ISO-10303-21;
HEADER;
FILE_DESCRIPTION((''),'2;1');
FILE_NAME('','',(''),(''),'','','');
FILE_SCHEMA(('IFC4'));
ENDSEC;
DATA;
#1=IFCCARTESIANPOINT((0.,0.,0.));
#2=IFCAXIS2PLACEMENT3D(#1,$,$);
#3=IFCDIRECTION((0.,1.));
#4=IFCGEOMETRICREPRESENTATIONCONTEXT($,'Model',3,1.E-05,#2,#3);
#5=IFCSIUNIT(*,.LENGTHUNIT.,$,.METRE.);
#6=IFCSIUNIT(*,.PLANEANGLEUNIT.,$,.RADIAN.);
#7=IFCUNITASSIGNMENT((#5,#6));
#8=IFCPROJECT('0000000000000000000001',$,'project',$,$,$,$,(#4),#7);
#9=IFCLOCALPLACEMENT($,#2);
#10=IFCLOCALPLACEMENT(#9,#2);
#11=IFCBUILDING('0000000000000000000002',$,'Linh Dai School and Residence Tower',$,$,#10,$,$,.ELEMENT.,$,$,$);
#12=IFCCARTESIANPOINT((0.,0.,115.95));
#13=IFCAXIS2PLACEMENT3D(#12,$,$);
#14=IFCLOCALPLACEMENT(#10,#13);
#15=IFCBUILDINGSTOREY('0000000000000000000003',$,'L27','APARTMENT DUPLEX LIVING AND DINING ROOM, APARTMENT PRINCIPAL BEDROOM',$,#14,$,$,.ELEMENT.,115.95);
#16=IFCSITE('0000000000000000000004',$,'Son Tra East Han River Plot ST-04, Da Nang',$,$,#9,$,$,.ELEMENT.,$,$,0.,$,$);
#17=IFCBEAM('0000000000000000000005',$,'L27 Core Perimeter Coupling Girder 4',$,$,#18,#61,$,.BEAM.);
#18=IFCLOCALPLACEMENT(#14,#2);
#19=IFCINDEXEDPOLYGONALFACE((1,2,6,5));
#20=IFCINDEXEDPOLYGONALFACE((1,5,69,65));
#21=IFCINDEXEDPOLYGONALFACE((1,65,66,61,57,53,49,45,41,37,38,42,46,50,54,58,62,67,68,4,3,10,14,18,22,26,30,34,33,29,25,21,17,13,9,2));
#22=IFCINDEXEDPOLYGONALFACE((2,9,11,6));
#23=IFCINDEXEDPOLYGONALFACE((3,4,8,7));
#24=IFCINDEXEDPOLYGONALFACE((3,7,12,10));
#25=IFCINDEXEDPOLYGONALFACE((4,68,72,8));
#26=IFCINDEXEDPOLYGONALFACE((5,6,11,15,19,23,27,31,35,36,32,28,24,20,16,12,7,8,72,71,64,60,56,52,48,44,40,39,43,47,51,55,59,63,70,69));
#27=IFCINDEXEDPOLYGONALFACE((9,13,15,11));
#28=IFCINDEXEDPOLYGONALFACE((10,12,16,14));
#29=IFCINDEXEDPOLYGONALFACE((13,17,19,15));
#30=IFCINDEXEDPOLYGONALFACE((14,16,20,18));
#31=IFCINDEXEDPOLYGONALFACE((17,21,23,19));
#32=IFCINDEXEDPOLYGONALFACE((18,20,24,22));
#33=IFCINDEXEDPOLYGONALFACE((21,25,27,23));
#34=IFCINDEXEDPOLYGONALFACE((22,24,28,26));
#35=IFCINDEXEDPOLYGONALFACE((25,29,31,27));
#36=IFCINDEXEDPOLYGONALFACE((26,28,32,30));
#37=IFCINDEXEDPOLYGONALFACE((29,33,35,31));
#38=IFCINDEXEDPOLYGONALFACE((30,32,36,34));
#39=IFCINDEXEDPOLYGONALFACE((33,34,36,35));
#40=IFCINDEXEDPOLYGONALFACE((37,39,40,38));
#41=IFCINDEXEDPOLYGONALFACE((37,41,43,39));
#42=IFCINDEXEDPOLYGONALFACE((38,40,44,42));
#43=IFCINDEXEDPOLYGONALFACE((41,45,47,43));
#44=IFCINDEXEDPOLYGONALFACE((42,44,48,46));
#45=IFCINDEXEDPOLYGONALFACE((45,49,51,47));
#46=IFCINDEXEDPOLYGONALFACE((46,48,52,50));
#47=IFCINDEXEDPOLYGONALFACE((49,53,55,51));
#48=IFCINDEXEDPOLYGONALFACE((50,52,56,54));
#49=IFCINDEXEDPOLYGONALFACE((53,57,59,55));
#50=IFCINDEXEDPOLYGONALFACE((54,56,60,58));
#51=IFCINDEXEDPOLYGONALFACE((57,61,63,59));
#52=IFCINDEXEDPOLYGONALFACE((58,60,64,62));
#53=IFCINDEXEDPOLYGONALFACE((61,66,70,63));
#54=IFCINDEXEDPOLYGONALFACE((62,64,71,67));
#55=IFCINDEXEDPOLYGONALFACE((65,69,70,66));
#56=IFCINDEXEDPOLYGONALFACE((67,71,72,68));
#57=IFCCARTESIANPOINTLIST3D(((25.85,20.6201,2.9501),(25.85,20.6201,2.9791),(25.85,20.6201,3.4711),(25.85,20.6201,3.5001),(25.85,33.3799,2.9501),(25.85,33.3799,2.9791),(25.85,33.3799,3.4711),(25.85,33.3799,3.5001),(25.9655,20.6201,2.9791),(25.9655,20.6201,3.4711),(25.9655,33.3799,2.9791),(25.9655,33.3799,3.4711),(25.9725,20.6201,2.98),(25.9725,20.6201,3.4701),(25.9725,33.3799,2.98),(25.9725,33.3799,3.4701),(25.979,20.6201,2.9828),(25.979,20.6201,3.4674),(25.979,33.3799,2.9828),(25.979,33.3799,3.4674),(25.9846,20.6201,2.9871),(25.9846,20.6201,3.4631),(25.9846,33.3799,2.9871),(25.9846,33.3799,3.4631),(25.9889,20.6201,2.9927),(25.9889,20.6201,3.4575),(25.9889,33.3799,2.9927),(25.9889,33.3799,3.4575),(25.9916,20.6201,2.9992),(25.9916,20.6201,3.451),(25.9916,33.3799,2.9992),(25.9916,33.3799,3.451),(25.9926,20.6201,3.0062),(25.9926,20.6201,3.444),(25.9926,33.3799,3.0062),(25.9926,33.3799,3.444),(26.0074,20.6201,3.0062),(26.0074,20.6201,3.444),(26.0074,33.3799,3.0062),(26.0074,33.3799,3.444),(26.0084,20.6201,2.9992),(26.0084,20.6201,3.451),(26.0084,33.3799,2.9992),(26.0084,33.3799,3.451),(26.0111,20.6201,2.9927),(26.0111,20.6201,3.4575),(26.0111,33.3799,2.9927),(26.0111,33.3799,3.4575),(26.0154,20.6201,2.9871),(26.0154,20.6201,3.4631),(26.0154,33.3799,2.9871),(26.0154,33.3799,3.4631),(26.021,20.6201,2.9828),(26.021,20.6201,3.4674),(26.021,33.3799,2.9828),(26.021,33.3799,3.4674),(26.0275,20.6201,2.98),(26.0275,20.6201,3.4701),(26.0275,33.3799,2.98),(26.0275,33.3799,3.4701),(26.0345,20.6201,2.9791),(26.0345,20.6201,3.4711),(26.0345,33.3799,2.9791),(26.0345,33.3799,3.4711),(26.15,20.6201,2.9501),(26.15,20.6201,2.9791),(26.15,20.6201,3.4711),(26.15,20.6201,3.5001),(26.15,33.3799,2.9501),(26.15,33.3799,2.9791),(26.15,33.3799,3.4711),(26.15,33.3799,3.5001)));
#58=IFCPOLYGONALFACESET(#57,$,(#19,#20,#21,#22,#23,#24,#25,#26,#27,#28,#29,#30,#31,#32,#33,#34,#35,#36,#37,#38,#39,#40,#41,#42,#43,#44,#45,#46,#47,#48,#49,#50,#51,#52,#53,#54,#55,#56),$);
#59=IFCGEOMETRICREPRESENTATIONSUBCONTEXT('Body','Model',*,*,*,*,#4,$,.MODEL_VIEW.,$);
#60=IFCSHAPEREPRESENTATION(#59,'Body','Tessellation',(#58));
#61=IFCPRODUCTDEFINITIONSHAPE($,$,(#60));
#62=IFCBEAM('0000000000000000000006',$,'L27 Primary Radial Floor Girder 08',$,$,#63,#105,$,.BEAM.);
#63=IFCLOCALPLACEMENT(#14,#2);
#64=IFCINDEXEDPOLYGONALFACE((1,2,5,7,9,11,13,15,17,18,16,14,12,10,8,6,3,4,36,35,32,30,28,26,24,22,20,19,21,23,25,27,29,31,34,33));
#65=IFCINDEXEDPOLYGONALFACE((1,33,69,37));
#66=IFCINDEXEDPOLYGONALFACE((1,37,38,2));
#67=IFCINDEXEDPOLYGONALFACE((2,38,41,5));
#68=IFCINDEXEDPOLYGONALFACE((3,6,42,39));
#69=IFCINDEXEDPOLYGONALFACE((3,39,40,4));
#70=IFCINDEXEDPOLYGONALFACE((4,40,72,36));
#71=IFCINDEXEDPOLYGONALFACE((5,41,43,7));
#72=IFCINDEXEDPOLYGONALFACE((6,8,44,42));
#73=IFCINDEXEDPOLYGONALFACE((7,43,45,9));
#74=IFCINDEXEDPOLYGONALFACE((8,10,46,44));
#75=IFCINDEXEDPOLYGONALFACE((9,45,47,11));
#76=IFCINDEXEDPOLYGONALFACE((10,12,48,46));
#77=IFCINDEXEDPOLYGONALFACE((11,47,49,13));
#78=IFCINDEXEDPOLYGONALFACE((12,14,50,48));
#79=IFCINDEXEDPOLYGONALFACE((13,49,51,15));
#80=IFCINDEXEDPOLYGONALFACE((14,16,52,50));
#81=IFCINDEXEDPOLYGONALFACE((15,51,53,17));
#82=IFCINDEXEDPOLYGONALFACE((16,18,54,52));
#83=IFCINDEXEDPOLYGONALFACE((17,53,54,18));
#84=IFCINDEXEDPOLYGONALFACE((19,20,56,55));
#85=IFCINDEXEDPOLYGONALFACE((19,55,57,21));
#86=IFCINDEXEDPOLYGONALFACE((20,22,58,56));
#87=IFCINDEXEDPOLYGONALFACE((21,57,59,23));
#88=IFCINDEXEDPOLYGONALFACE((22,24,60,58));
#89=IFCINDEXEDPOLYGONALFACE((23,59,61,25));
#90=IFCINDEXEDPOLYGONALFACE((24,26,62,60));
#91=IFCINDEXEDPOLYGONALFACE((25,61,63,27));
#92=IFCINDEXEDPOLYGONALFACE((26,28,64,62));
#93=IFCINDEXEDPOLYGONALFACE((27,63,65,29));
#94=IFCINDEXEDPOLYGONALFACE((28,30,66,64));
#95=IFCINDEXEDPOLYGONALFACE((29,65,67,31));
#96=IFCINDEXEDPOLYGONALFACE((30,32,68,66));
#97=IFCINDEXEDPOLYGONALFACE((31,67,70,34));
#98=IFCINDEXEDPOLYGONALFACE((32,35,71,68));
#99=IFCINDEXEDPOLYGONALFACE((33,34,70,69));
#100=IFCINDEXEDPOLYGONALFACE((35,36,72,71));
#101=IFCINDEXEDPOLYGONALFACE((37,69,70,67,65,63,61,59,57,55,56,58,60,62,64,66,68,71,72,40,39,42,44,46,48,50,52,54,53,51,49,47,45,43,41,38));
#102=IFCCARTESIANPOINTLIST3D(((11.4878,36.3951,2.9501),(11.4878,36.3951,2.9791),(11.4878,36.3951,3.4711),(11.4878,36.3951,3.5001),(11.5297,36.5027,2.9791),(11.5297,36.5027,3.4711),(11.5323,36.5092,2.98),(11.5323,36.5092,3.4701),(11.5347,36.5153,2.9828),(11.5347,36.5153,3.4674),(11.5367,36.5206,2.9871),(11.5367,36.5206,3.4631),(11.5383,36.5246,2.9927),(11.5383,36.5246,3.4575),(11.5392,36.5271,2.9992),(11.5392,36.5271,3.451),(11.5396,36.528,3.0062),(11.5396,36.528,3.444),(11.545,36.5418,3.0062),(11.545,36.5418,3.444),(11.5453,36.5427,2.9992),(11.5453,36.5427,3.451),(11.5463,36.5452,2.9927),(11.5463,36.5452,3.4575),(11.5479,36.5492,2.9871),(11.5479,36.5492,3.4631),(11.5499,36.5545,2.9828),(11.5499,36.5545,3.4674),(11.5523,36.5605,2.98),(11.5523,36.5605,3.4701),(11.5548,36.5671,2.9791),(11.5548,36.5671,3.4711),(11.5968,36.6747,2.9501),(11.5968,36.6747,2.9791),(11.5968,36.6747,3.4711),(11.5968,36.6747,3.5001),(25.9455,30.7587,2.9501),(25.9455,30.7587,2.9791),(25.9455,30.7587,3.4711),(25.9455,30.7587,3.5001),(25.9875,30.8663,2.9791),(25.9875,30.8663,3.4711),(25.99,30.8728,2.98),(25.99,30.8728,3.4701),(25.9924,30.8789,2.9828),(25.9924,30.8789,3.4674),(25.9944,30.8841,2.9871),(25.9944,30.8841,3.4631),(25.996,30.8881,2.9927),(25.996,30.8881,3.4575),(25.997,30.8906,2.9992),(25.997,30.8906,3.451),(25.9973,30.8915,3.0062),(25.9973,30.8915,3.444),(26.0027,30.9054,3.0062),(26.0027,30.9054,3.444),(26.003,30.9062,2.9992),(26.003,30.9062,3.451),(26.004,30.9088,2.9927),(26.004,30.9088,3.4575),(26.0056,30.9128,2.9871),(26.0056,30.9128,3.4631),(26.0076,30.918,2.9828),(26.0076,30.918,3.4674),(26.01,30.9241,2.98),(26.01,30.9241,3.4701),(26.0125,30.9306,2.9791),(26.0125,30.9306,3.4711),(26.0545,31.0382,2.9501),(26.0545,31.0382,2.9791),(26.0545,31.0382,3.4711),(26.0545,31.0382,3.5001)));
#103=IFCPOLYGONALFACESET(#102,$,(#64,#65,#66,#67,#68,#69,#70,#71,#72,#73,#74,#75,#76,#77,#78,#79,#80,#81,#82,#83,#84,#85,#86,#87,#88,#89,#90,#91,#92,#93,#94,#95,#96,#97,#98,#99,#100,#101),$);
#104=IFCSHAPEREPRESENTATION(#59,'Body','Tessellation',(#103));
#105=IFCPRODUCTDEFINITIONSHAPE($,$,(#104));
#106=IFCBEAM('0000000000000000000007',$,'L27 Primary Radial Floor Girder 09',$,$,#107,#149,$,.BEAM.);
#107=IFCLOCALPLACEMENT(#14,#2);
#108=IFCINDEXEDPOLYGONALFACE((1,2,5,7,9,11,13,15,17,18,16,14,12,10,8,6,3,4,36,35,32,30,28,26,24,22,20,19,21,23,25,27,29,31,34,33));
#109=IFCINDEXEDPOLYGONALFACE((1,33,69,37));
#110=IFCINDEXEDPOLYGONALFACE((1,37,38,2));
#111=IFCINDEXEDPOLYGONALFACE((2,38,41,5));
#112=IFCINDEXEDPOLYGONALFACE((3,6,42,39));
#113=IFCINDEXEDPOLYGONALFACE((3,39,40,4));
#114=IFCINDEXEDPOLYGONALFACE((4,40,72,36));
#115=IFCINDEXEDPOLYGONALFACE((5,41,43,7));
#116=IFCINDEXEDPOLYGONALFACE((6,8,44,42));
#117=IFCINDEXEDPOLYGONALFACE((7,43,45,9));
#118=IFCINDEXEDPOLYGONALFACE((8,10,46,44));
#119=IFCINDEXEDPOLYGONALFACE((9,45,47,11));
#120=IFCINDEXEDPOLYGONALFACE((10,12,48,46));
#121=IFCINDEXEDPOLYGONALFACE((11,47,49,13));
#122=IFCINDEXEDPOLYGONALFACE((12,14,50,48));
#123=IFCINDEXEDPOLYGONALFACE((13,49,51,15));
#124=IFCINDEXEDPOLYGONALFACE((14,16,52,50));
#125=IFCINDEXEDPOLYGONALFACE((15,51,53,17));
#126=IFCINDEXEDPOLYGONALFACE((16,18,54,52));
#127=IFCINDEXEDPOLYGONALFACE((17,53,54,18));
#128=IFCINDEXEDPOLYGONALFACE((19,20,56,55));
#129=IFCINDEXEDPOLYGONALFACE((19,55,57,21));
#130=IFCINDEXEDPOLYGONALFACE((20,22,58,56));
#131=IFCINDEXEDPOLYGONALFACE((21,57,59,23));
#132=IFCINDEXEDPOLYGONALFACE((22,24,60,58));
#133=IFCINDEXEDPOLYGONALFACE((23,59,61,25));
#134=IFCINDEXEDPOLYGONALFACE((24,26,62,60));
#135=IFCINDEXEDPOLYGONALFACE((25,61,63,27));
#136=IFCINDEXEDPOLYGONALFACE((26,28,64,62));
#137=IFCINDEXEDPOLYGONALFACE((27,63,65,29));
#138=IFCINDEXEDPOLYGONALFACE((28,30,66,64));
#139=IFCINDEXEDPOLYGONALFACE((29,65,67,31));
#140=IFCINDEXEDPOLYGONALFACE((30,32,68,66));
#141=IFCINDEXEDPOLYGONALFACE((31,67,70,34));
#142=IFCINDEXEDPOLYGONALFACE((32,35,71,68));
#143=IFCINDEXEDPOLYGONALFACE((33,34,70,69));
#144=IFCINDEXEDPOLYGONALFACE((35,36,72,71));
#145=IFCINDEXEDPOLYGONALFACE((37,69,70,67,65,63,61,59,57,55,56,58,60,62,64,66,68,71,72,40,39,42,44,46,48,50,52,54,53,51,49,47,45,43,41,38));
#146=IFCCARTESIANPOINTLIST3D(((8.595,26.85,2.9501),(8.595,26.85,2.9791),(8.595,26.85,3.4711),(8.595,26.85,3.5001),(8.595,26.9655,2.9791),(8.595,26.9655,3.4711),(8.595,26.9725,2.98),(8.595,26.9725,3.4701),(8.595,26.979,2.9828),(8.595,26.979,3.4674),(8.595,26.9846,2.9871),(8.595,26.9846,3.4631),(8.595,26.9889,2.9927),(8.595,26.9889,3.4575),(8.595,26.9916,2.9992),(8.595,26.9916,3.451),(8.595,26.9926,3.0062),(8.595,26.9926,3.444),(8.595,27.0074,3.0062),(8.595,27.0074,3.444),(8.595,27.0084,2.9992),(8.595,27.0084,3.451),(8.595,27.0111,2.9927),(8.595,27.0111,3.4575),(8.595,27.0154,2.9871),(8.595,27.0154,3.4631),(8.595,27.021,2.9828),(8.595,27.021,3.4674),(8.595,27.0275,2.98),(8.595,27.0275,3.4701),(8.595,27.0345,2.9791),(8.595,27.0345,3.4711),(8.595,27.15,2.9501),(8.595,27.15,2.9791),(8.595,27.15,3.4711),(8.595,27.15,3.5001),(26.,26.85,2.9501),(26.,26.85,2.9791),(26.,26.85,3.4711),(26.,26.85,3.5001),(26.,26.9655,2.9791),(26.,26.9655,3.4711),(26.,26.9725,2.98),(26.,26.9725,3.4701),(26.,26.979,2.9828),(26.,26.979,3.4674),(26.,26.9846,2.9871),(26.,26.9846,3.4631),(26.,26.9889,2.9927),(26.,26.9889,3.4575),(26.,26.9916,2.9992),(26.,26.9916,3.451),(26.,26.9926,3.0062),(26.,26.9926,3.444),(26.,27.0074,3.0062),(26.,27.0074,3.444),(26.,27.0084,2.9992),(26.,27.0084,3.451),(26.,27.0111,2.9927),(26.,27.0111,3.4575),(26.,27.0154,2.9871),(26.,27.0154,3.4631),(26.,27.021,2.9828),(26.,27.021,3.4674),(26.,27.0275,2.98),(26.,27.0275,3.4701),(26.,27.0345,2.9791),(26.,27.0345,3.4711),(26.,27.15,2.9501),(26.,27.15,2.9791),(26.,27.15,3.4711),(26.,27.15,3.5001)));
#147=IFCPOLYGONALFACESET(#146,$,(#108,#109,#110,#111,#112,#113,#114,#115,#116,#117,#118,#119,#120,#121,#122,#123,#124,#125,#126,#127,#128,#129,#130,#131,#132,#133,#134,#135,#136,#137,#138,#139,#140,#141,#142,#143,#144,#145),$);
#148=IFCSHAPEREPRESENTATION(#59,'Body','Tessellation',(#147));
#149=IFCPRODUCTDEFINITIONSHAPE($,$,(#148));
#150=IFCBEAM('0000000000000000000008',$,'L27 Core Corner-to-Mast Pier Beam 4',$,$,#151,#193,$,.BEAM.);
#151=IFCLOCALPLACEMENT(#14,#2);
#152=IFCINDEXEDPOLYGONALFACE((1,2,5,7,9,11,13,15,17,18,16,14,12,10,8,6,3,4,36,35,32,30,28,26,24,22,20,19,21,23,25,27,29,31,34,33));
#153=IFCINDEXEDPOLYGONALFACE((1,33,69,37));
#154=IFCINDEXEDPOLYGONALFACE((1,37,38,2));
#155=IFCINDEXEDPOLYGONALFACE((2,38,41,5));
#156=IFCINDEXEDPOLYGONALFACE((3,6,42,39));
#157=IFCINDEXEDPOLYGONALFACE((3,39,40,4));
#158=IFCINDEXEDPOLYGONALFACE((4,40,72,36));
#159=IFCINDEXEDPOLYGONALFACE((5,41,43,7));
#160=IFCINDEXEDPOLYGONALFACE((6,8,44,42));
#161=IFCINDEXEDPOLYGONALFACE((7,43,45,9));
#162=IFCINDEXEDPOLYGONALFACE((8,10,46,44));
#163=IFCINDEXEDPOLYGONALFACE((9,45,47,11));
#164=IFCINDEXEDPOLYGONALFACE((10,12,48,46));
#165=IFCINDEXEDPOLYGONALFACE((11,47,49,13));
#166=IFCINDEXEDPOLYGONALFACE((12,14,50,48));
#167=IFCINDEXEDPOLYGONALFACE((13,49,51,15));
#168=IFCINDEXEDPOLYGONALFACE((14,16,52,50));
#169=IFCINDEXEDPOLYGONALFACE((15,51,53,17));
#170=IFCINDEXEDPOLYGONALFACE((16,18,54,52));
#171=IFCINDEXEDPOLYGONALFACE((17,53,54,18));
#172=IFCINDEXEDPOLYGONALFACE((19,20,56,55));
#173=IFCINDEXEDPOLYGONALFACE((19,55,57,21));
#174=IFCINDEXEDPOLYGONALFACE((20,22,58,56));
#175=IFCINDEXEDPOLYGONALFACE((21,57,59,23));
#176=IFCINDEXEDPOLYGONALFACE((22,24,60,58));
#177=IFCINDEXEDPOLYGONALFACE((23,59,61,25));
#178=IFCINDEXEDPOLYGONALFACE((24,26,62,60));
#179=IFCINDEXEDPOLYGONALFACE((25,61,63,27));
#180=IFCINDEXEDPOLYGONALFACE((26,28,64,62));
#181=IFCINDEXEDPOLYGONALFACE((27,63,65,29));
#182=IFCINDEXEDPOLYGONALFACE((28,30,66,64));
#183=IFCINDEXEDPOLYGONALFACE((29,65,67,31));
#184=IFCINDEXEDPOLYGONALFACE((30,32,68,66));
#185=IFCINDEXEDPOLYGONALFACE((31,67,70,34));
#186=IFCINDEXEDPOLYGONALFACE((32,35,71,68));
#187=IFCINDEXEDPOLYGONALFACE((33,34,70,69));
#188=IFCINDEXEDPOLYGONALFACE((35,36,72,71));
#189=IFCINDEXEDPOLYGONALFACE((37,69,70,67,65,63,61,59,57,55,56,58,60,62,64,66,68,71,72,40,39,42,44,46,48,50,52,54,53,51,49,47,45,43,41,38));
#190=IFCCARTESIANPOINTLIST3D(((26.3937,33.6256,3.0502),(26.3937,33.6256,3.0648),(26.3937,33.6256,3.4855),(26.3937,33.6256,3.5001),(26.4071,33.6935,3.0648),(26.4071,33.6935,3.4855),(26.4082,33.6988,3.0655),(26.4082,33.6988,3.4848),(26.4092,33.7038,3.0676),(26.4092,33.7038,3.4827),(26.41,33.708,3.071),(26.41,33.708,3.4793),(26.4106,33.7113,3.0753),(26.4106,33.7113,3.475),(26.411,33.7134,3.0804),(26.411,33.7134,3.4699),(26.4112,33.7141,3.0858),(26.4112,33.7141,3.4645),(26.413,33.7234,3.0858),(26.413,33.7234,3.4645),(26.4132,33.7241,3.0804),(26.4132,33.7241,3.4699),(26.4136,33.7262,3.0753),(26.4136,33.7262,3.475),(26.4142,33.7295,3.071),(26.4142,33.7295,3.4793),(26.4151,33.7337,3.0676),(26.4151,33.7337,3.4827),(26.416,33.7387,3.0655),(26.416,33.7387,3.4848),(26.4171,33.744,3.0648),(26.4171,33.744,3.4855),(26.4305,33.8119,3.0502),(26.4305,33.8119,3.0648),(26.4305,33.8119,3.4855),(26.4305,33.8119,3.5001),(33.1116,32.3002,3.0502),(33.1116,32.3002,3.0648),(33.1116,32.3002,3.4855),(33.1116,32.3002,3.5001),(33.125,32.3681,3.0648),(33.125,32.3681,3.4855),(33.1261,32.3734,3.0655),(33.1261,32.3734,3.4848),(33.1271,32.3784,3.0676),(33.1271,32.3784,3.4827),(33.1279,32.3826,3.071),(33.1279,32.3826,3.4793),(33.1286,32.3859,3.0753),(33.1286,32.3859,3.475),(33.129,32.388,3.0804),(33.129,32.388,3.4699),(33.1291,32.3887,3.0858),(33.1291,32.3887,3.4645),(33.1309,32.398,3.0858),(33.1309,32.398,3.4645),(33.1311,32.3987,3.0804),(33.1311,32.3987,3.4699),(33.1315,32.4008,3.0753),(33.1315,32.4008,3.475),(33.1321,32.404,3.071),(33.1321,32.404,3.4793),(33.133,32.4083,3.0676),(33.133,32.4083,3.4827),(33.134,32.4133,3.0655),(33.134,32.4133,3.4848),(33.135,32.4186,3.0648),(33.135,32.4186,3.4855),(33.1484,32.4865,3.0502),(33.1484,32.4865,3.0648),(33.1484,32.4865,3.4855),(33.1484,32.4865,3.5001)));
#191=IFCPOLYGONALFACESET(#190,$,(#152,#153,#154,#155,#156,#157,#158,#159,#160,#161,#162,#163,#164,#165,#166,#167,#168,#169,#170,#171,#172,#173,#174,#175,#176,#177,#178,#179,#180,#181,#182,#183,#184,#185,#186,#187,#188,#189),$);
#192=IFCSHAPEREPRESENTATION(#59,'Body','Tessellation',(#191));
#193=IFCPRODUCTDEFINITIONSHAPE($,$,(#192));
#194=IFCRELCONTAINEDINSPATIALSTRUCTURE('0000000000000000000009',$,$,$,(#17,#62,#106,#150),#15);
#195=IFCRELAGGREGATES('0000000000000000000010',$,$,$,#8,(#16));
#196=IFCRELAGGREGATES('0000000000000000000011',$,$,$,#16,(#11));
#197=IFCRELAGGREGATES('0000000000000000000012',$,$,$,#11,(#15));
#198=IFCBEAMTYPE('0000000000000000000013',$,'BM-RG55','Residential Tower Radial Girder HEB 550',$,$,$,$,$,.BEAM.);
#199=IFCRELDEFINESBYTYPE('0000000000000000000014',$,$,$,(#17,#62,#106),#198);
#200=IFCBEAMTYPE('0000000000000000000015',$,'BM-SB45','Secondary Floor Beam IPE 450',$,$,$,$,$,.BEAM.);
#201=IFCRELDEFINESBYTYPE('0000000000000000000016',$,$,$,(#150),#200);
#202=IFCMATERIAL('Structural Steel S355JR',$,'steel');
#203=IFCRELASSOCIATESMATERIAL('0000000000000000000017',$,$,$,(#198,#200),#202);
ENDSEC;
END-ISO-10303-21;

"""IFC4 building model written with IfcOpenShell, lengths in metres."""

from ifc_helpers import new_model, si_unit, direction, frame, origin, origin_2d, place, context, subcontext, project, spatial, i_section, extrude, material, material_profile, profile_set, type_object, element, save


model = new_model("IFC4")

# Units and contexts
model_context = context("Model", 3, precision=1e-05, world=origin(), true_north=direction((0.0, 1.0)))
body_context = subcontext(model_context, "Body", "Model", "MODEL_VIEW")
ifc_project = project(units=[si_unit("LENGTHUNIT", "METRE"), si_unit("PLANEANGLEUNIT", "RADIAN")], contexts=[model_context])

# Site, building, storey
site_placement = place(None, origin())
site = spatial("IfcSite", under=ifc_project, at=site_placement, Name="Son Tra East Han River Plot ST-04, Da Nang", CompositionType="ELEMENT", RefElevation=0.0)
building_placement = place(site_placement, origin())
building = spatial("IfcBuilding", under=site, at=building_placement, Name="Linh Dai School and Residence Tower", CompositionType="ELEMENT")
storey_placement = place(building_placement, frame((0.0, 0.0, 115.95)))
storey = spatial("IfcBuildingStorey", under=building, at=storey_placement, Name="L27", Description="APARTMENT DUPLEX LIVING AND DINING ROOM, APARTMENT PRINCIPAL BEDROOM", CompositionType="ELEMENT", Elevation=115.95)

# Shared definitions
ifc_material_1 = material(Name="Structural Steel S355JR", Category="steel")

# Beams
ifc_material_profile_1 = material_profile(ifc_material_1, i_section(OverallWidth=0.3, OverallDepth=0.55, WebThickness=0.0149, FlangeThickness=0.0291, FilletRadius=0.0271, at=origin_2d()), Name="HEB 550")
ifc_profile_set_1 = profile_set([ifc_material_profile_1], Name="Structural Steel S355JR")
beam_type_1 = type_object("IfcBeamType", Name="BM-RG55", Description="Residential Tower Radial Girder HEB 550", PredefinedType="BEAM", material=ifc_profile_set_1)
beam_1_placement = place(storey_placement, frame((26.0, 33.3799, 3.2251), z_axis=(0.0, -1.0, 0.0), x_axis=(1.0, 0.0, 0.0)))
element("IfcBeam", 1, at=beam_1_placement, inside=storey, type_object=beam_type_1, Name="L27 Core Perimeter Coupling Girder 4", PredefinedType="BEAM", context=body_context, shape_type="SweptSolid", body=[
    extrude(i_section(OverallWidth=0.3, OverallDepth=0.55, WebThickness=0.0149, FlangeThickness=0.0291, FilletRadius=0.0271, at=origin_2d()), origin(), (0.0, 0.0, 1.0), 12.7598),
])
beam_2_placement = place(storey_placement, frame((26.0, 30.8984, 3.2251), z_axis=(-0.931699, 0.36323, 0.0), x_axis=(-0.36323, -0.931699, 0.0)))
element("IfcBeam", 2, at=beam_2_placement, inside=storey, type_object=beam_type_1, Name="L27 Primary Radial Floor Girder 08", PredefinedType="BEAM", context=body_context, shape_type="SweptSolid", body=[
    extrude(i_section(OverallWidth=0.3, OverallDepth=0.55, WebThickness=0.0149, FlangeThickness=0.0291, FilletRadius=0.0271, at=origin_2d()), origin(), (0.0, 0.0, 1.0), 15.5176),
])
beam_3_placement = place(storey_placement, frame((26.0, 27.0, 3.2251), z_axis=(-1.0, 0.0, 0.0), x_axis=(0.0, -1.0, 0.0)))
element("IfcBeam", 3, at=beam_3_placement, inside=storey, type_object=beam_type_1, Name="L27 Primary Radial Floor Girder 09", PredefinedType="BEAM", context=body_context, shape_type="SweptSolid", body=[
    extrude(i_section(OverallWidth=0.3, OverallDepth=0.55, WebThickness=0.0149, FlangeThickness=0.0291, FilletRadius=0.0271, at=origin_2d()), origin(), (0.0, 0.0, 1.0), 17.405),
])
ifc_material_profile_2 = material_profile(ifc_material_1, i_section(OverallWidth=0.1899, OverallDepth=0.45, WebThickness=0.0095, FlangeThickness=0.0146, FilletRadius=0.021, at=origin_2d()), Name="IPE 450")
ifc_profile_set_2 = profile_set([ifc_material_profile_2], Name="Structural Steel S355JR")
beam_type_2 = type_object("IfcBeamType", Name="BM-SB45", Description="Secondary Floor Beam IPE 450", PredefinedType="BEAM", material=ifc_profile_set_2)
beam_4_placement = place(storey_placement, frame((26.4121, 33.7188, 3.2751), z_axis=(0.981087, -0.193565, 0.0), x_axis=(0.193565, 0.981087, 0.0)))
element("IfcBeam", 4, at=beam_4_placement, inside=storey, type_object=beam_type_2, Name="L27 Core Corner-to-Mast Pier Beam 4", PredefinedType="BEAM", context=body_context, shape_type="SweptSolid", body=[
    extrude(i_section(OverallWidth=0.1899, OverallDepth=0.45, WebThickness=0.0095, FlangeThickness=0.0146, FilletRadius=0.021, at=origin_2d()), origin(), (0.0, 0.0, 1.0), 6.8474),
])

save(model, "model.ifc")
